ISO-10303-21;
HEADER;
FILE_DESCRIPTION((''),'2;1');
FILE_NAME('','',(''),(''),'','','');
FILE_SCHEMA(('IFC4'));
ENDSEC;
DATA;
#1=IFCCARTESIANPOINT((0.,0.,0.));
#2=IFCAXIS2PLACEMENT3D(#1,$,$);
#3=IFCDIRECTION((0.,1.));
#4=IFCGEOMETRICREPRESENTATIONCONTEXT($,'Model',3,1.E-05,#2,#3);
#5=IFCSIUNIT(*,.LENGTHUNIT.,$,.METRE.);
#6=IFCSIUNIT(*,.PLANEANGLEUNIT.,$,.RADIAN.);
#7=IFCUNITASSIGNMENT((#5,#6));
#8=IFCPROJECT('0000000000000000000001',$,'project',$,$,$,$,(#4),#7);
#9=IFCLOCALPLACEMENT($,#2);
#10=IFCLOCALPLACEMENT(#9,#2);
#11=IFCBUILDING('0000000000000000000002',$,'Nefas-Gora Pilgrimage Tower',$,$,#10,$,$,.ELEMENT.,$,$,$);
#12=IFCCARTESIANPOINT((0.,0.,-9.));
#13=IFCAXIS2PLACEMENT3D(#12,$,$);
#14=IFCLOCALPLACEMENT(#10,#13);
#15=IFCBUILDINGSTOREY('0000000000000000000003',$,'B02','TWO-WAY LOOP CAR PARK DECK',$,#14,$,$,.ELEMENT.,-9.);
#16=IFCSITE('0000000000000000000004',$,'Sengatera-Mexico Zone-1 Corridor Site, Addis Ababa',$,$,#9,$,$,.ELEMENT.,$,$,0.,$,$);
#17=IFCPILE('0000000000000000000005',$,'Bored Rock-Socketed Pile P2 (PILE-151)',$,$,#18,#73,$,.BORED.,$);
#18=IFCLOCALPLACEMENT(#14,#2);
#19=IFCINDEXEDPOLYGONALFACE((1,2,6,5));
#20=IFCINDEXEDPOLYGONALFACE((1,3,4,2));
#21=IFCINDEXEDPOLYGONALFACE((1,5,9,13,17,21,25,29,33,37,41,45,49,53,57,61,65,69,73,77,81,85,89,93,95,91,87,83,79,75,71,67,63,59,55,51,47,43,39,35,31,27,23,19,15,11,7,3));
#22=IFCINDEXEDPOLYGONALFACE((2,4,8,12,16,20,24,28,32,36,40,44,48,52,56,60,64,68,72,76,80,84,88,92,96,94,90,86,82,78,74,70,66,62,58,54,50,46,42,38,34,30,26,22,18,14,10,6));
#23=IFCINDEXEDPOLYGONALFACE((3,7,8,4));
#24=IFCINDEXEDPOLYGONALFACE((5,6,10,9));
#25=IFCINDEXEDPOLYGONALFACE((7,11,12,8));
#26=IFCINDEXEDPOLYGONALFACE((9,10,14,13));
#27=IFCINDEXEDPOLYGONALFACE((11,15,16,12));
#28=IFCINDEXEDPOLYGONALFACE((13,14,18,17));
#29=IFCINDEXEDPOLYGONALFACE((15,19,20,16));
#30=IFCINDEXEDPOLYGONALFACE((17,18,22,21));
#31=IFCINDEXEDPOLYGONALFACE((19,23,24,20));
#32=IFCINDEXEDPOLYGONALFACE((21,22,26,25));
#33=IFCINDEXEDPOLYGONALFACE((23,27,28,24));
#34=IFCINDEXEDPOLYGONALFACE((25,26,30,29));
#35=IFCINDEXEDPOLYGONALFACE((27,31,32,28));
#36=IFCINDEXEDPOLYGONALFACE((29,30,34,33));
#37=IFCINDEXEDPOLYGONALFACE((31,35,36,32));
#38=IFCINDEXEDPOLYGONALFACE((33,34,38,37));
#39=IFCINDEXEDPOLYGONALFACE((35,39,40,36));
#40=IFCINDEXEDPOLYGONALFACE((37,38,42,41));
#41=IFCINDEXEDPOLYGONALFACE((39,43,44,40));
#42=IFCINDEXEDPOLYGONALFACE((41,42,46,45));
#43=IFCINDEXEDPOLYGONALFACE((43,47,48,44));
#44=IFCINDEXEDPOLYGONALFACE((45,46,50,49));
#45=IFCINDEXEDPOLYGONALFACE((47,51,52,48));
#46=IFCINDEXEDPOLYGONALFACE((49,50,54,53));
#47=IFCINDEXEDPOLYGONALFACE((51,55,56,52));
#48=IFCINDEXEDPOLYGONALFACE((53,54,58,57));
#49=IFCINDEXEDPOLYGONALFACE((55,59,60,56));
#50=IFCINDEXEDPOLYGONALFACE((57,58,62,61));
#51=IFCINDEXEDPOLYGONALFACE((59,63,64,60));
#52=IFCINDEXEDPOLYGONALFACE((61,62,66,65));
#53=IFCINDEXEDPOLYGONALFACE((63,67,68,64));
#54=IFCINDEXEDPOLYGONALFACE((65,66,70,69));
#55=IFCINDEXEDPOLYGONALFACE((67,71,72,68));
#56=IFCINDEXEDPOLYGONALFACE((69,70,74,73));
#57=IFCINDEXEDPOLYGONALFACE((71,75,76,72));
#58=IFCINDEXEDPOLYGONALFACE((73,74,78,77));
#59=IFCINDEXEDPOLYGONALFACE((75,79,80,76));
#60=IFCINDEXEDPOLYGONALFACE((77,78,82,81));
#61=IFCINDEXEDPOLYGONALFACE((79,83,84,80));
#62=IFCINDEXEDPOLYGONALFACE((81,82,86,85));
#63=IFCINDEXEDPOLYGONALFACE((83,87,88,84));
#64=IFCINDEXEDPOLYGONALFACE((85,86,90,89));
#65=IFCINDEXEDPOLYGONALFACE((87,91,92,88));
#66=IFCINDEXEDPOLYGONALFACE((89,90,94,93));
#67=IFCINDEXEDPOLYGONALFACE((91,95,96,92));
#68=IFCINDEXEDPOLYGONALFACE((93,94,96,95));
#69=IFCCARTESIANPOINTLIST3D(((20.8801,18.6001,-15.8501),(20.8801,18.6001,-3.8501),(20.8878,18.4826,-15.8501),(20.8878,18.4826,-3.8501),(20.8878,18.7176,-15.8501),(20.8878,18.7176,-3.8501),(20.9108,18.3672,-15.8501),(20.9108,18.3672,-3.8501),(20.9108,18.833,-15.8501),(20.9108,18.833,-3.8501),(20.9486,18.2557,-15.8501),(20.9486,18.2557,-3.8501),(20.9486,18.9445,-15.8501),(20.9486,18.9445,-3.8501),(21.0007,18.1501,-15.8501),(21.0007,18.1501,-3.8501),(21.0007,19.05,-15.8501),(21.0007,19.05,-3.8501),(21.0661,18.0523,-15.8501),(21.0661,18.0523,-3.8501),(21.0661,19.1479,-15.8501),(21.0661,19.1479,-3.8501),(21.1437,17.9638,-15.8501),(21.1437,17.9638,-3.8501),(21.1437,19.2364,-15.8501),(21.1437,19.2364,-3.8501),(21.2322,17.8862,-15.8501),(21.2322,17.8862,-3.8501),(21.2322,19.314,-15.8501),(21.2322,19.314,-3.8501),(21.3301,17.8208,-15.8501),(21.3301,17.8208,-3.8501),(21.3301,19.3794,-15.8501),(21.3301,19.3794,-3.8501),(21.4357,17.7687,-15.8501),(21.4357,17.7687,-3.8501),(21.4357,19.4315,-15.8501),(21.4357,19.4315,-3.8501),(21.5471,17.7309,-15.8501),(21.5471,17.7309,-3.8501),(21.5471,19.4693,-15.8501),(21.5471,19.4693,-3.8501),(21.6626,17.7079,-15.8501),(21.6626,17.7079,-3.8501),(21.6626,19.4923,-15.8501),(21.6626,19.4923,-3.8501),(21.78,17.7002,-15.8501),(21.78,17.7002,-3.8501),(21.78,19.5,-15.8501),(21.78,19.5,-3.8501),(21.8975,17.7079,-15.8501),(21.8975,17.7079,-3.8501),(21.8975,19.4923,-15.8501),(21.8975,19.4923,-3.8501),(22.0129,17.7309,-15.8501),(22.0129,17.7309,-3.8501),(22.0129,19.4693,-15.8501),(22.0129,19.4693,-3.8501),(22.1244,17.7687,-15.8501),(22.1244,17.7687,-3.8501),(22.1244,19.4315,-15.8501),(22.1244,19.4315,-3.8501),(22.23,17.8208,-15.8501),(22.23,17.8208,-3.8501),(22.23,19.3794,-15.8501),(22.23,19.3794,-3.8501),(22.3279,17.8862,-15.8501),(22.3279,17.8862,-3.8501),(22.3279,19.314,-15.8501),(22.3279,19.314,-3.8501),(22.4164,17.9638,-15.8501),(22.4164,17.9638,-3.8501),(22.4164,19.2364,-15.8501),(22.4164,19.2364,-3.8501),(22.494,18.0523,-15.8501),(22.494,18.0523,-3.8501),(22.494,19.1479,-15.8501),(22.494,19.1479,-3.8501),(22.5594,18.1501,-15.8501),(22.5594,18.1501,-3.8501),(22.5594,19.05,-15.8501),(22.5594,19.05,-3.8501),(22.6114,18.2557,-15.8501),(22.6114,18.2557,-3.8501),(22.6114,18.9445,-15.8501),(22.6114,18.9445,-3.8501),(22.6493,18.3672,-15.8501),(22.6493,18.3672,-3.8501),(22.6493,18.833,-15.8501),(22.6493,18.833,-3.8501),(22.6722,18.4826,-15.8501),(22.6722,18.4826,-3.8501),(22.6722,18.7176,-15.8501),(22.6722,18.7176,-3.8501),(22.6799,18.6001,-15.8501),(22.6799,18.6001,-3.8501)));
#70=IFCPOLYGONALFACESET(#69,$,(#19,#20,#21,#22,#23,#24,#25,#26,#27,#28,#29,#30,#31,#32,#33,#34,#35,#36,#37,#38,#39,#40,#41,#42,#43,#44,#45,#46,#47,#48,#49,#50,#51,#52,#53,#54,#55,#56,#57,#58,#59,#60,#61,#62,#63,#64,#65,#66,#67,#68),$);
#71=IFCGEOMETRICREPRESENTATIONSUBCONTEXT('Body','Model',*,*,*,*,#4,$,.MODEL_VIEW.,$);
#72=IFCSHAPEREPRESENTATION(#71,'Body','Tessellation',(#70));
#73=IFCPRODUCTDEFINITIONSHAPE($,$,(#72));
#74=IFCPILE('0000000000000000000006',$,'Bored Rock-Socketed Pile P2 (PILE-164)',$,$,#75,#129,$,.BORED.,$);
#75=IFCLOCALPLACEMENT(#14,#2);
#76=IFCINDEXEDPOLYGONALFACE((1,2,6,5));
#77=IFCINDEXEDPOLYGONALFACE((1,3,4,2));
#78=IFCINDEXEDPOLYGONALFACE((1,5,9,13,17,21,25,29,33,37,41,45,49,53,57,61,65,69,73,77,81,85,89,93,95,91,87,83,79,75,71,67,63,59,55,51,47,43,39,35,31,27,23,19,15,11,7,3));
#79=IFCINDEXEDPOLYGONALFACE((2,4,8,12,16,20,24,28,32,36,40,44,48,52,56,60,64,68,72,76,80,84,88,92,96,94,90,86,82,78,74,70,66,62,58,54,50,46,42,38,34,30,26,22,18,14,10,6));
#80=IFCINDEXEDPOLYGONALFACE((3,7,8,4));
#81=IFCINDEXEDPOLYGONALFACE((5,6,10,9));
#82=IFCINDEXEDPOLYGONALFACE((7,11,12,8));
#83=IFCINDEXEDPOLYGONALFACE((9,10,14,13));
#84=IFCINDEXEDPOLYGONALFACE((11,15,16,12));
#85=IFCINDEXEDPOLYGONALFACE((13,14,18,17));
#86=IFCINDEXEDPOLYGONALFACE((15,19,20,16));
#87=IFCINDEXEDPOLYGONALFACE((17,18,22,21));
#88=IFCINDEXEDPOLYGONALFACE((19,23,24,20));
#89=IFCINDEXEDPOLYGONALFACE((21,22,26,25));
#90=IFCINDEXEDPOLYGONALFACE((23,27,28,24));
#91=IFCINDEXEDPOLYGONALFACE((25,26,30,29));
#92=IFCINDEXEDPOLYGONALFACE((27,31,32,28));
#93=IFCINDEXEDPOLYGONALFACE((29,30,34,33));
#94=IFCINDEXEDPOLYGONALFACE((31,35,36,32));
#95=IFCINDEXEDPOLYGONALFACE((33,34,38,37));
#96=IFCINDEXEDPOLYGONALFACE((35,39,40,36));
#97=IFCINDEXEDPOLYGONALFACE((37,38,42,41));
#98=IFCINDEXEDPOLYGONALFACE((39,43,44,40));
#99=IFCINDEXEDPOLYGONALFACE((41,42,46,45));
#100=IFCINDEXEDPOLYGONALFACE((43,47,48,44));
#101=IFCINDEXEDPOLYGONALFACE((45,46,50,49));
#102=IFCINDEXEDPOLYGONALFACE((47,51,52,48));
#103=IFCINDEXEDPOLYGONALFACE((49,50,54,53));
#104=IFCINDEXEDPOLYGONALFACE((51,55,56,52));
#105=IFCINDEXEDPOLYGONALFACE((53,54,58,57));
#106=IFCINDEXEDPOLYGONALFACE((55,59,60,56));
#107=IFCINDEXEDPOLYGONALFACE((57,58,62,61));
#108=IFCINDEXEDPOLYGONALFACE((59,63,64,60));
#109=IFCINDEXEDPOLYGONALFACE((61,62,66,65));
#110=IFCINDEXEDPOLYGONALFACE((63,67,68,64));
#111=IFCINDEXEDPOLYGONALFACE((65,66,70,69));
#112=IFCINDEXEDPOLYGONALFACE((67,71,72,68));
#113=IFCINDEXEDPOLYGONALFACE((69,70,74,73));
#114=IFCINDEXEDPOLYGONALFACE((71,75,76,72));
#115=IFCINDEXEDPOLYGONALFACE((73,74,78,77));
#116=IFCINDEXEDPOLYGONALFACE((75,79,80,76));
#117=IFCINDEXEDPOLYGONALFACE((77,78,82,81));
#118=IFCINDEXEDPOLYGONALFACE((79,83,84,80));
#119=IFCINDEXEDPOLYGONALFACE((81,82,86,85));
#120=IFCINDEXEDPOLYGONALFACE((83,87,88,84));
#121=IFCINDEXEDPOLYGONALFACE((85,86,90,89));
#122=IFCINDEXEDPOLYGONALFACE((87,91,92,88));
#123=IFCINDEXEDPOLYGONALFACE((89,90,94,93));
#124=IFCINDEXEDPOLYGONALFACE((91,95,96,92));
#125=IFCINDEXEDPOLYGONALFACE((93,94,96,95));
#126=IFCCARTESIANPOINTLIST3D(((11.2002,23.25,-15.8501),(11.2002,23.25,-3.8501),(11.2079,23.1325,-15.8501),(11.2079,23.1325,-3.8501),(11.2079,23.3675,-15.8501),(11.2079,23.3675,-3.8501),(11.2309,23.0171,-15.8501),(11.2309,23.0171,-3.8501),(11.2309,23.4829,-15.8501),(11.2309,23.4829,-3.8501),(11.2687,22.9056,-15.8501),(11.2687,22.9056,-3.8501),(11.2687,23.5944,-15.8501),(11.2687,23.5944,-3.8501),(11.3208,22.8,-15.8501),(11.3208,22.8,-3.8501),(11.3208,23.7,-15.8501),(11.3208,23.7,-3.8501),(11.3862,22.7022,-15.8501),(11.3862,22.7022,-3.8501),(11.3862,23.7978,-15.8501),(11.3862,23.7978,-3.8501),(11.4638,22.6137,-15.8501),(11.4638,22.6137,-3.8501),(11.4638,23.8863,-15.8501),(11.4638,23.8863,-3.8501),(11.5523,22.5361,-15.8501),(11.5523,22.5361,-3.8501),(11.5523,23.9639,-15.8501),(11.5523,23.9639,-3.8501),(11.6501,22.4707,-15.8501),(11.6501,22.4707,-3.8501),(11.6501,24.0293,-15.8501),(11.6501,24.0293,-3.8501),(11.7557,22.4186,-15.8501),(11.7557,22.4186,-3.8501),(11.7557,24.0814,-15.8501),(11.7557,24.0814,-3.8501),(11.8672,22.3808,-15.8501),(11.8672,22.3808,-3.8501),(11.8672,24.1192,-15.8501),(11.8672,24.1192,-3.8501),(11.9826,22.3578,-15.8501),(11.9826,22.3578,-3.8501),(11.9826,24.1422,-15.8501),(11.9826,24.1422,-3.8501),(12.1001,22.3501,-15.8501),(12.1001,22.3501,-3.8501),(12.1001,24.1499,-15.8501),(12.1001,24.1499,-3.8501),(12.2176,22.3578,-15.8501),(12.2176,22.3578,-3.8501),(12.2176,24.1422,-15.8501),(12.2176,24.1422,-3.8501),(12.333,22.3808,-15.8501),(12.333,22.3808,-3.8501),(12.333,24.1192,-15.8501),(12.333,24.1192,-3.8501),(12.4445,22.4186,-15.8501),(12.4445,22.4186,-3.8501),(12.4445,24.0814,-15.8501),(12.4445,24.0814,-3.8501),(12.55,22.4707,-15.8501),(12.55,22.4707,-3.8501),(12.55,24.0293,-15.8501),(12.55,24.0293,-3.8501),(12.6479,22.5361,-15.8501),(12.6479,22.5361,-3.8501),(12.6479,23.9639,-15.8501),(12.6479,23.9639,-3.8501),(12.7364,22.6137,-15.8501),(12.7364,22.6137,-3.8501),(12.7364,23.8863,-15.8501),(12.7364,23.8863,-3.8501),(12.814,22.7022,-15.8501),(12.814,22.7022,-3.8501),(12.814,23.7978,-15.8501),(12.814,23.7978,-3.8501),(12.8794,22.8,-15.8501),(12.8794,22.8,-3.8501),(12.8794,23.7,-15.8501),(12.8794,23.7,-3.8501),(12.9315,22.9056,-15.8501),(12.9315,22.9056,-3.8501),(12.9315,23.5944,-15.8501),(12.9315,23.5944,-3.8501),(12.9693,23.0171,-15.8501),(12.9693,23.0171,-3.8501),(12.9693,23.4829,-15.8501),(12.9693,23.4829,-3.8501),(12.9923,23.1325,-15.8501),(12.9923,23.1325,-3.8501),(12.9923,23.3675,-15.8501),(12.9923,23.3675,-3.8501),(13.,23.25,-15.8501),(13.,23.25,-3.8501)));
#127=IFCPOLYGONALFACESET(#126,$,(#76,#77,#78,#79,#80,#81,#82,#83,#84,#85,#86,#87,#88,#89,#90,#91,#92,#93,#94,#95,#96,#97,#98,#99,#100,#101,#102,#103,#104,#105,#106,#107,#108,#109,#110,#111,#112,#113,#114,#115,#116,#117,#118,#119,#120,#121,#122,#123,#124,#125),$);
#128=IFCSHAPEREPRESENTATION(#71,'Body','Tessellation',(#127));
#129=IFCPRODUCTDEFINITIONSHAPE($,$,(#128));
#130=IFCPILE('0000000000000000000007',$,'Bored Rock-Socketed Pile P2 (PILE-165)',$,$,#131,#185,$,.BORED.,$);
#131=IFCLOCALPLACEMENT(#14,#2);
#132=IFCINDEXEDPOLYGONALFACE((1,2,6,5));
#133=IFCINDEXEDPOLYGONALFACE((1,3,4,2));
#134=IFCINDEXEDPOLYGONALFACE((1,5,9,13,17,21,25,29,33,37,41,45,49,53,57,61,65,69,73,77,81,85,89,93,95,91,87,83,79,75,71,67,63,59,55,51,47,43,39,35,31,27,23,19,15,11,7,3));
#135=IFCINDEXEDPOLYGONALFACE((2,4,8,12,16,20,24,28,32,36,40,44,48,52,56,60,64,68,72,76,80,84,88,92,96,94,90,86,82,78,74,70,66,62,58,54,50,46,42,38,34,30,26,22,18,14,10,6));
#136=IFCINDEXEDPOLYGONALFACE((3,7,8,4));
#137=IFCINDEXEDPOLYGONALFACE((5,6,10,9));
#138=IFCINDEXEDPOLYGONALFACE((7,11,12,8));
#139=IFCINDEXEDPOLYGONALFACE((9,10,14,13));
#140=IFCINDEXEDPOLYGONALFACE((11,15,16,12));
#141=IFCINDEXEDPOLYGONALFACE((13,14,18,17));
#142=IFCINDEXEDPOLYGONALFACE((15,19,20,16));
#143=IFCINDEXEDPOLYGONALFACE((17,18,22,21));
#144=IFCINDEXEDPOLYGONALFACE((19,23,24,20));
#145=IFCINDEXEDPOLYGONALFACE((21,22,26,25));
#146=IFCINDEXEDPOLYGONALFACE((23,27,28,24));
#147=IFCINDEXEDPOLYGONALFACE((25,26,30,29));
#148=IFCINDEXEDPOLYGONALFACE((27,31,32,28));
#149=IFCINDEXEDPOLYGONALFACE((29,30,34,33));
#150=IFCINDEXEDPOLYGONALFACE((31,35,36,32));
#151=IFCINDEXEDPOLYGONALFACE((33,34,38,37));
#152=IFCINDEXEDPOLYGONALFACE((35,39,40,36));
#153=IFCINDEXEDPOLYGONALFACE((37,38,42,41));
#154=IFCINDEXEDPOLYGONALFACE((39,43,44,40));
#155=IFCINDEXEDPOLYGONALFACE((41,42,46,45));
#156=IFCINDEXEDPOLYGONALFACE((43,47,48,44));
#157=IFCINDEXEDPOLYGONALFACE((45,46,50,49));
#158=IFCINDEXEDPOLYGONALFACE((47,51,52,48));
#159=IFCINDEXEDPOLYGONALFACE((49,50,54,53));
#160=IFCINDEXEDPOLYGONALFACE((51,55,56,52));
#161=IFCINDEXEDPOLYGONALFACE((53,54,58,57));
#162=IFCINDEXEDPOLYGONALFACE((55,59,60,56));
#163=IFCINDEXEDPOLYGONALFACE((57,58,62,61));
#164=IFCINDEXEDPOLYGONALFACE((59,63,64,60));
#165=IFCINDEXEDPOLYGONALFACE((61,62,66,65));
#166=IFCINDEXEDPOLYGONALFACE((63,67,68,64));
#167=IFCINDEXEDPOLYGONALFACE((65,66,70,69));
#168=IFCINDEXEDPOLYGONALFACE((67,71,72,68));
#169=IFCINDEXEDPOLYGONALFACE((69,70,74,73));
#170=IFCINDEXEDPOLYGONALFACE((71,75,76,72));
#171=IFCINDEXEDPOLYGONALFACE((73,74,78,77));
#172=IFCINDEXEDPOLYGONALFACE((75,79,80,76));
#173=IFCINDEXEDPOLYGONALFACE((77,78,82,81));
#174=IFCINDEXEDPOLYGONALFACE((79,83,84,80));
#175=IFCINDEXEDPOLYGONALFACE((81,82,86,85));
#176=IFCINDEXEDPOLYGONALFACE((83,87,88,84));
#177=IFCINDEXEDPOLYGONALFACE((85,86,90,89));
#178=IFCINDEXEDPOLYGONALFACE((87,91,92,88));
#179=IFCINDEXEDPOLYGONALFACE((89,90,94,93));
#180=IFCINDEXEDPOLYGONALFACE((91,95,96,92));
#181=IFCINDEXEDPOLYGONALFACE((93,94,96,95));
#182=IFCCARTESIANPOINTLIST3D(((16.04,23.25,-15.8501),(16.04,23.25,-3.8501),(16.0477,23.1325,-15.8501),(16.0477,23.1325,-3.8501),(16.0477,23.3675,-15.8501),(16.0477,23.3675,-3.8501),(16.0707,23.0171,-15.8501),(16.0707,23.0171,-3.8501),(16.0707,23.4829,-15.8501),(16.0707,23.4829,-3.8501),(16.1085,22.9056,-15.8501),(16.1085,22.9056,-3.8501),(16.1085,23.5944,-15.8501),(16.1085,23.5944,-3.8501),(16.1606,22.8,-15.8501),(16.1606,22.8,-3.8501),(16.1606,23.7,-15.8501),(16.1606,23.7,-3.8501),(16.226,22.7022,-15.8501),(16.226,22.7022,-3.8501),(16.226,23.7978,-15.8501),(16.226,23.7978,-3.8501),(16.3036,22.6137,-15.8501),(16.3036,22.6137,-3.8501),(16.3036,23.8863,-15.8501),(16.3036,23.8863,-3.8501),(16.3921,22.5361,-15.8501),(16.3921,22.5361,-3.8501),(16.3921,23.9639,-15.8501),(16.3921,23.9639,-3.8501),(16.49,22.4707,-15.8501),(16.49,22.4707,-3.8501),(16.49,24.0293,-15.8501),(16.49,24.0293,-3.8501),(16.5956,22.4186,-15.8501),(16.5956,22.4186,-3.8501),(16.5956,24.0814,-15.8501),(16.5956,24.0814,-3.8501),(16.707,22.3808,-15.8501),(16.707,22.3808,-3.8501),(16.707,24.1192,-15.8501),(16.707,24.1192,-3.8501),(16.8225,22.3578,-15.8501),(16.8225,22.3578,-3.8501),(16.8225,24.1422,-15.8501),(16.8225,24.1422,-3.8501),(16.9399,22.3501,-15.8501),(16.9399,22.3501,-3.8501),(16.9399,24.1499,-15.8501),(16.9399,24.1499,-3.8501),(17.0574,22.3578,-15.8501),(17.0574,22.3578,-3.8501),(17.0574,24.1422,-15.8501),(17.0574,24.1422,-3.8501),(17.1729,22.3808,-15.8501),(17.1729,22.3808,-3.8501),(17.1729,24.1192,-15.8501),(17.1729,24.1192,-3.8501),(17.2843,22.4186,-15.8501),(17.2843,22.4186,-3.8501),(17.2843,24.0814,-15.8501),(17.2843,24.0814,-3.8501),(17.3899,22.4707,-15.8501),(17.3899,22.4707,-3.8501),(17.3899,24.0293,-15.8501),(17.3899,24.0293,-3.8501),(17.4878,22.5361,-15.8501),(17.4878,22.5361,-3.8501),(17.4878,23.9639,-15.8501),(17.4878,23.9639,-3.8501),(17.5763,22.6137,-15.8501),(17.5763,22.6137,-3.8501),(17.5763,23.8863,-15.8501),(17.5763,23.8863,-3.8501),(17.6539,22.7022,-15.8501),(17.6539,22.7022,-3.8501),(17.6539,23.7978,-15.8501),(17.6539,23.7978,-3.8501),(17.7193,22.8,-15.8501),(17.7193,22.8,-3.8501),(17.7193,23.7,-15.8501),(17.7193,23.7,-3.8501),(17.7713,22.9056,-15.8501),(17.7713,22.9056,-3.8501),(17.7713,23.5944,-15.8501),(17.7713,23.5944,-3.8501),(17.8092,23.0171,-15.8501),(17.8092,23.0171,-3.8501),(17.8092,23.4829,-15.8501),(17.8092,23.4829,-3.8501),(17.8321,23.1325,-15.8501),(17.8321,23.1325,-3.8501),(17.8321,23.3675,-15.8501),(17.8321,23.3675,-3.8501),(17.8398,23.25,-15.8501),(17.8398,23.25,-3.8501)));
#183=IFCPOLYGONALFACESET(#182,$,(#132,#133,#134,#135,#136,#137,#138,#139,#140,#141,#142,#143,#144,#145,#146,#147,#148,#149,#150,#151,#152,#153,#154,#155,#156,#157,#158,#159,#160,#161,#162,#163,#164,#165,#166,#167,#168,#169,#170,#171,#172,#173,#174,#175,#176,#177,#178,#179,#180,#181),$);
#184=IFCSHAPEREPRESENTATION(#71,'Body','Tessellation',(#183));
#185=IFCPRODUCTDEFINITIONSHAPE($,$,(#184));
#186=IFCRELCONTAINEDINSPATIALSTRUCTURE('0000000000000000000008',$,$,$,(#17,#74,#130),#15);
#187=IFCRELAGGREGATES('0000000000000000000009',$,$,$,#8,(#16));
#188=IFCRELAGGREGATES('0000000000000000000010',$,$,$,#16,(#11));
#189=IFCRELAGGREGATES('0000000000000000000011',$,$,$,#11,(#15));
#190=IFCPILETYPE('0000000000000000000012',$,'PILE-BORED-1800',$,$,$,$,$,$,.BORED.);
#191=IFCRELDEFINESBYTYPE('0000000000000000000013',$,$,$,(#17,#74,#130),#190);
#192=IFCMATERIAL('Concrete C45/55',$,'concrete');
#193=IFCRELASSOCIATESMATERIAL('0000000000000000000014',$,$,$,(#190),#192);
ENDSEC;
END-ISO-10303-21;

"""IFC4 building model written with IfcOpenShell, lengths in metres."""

from ifc_helpers import new_model, si_unit, direction, frame, origin, origin_2d, place, context, subcontext, project, spatial, circle, extrude, source, transform, mapped, material, material_profile, profile_set, type_object, element, save


model = new_model("IFC4")

# Units and contexts
model_context = context("Model", 3, precision=1e-05, world=origin(), true_north=direction((0.0, 1.0)))
body_context = subcontext(model_context, "Body", "Model", "MODEL_VIEW")
ifc_project = project(units=[si_unit("LENGTHUNIT", "METRE"), si_unit("PLANEANGLEUNIT", "RADIAN")], contexts=[model_context])

# Site, building, storey
site_placement = place(None, origin())
site = spatial("IfcSite", under=ifc_project, at=site_placement, Name="Sengatera-Mexico Zone-1 Corridor Site, Addis Ababa", CompositionType="ELEMENT", RefElevation=0.0)
building_placement = place(site_placement, origin())
building = spatial("IfcBuilding", under=site, at=building_placement, Name="Nefas-Gora Pilgrimage Tower", CompositionType="ELEMENT")
storey_placement = place(building_placement, frame((0.0, 0.0, -9.0)))
storey = spatial("IfcBuildingStorey", under=building, at=storey_placement, Name="B02", Description="TWO-WAY LOOP CAR PARK DECK", CompositionType="ELEMENT", Elevation=-9.0)

# Piles
ifc_material_1 = material(Name="Concrete C45/55", Category="concrete")
ifc_material_profile_1 = material_profile(ifc_material_1, circle(Radius=0.8999, at=origin_2d()), Name="PILE D1800")
ifc_profile_set_1 = profile_set([ifc_material_profile_1], Name="Concrete C45/55")
pile_type_1 = type_object("IfcPileType", Name="PILE-BORED-1800", PredefinedType="BORED", material=ifc_profile_set_1)
shared_shape_1 = source(origin(), body_context, "Body", "SweptSolid", [
    extrude(circle(Radius=0.8999, at=origin_2d()), origin(), (0.0, 0.0, 1.0), 12.0),
])
for number, where, z_axis, x_axis, name in (
    (1, (21.78, 18.6001, -3.8501), (0.0, 0.0, -1.0), (1.0, 0.0, 0.0), "Bored Rock-Socketed Pile P2 (PILE-151)"),
    (2, (12.1001, 23.25, -3.8501), (0.0, 0.0, -1.0), (1.0, 0.0, 0.0), "Bored Rock-Socketed Pile P2 (PILE-164)"),
    (3, (16.9399, 23.25, -3.8501), (0.0, 0.0, -1.0), (1.0, 0.0, 0.0), "Bored Rock-Socketed Pile P2 (PILE-165)"),
):
    element("IfcPile", number, at=place(storey_placement, frame(where, z_axis=z_axis, x_axis=x_axis)), inside=storey, type_object=pile_type_1, Name=name, PredefinedType="BORED", context=body_context, shape_type="MappedRepresentation", body=[
        mapped(shared_shape_1, transform((0.0, 0.0, 0.0), x_axis=(1.0, 0.0, 0.0), y_axis=(0.0, 1.0, 0.0), z_axis=(0.0, 0.0, 1.0), scale=1.0)),
    ])

save(model, "model.ifc")
